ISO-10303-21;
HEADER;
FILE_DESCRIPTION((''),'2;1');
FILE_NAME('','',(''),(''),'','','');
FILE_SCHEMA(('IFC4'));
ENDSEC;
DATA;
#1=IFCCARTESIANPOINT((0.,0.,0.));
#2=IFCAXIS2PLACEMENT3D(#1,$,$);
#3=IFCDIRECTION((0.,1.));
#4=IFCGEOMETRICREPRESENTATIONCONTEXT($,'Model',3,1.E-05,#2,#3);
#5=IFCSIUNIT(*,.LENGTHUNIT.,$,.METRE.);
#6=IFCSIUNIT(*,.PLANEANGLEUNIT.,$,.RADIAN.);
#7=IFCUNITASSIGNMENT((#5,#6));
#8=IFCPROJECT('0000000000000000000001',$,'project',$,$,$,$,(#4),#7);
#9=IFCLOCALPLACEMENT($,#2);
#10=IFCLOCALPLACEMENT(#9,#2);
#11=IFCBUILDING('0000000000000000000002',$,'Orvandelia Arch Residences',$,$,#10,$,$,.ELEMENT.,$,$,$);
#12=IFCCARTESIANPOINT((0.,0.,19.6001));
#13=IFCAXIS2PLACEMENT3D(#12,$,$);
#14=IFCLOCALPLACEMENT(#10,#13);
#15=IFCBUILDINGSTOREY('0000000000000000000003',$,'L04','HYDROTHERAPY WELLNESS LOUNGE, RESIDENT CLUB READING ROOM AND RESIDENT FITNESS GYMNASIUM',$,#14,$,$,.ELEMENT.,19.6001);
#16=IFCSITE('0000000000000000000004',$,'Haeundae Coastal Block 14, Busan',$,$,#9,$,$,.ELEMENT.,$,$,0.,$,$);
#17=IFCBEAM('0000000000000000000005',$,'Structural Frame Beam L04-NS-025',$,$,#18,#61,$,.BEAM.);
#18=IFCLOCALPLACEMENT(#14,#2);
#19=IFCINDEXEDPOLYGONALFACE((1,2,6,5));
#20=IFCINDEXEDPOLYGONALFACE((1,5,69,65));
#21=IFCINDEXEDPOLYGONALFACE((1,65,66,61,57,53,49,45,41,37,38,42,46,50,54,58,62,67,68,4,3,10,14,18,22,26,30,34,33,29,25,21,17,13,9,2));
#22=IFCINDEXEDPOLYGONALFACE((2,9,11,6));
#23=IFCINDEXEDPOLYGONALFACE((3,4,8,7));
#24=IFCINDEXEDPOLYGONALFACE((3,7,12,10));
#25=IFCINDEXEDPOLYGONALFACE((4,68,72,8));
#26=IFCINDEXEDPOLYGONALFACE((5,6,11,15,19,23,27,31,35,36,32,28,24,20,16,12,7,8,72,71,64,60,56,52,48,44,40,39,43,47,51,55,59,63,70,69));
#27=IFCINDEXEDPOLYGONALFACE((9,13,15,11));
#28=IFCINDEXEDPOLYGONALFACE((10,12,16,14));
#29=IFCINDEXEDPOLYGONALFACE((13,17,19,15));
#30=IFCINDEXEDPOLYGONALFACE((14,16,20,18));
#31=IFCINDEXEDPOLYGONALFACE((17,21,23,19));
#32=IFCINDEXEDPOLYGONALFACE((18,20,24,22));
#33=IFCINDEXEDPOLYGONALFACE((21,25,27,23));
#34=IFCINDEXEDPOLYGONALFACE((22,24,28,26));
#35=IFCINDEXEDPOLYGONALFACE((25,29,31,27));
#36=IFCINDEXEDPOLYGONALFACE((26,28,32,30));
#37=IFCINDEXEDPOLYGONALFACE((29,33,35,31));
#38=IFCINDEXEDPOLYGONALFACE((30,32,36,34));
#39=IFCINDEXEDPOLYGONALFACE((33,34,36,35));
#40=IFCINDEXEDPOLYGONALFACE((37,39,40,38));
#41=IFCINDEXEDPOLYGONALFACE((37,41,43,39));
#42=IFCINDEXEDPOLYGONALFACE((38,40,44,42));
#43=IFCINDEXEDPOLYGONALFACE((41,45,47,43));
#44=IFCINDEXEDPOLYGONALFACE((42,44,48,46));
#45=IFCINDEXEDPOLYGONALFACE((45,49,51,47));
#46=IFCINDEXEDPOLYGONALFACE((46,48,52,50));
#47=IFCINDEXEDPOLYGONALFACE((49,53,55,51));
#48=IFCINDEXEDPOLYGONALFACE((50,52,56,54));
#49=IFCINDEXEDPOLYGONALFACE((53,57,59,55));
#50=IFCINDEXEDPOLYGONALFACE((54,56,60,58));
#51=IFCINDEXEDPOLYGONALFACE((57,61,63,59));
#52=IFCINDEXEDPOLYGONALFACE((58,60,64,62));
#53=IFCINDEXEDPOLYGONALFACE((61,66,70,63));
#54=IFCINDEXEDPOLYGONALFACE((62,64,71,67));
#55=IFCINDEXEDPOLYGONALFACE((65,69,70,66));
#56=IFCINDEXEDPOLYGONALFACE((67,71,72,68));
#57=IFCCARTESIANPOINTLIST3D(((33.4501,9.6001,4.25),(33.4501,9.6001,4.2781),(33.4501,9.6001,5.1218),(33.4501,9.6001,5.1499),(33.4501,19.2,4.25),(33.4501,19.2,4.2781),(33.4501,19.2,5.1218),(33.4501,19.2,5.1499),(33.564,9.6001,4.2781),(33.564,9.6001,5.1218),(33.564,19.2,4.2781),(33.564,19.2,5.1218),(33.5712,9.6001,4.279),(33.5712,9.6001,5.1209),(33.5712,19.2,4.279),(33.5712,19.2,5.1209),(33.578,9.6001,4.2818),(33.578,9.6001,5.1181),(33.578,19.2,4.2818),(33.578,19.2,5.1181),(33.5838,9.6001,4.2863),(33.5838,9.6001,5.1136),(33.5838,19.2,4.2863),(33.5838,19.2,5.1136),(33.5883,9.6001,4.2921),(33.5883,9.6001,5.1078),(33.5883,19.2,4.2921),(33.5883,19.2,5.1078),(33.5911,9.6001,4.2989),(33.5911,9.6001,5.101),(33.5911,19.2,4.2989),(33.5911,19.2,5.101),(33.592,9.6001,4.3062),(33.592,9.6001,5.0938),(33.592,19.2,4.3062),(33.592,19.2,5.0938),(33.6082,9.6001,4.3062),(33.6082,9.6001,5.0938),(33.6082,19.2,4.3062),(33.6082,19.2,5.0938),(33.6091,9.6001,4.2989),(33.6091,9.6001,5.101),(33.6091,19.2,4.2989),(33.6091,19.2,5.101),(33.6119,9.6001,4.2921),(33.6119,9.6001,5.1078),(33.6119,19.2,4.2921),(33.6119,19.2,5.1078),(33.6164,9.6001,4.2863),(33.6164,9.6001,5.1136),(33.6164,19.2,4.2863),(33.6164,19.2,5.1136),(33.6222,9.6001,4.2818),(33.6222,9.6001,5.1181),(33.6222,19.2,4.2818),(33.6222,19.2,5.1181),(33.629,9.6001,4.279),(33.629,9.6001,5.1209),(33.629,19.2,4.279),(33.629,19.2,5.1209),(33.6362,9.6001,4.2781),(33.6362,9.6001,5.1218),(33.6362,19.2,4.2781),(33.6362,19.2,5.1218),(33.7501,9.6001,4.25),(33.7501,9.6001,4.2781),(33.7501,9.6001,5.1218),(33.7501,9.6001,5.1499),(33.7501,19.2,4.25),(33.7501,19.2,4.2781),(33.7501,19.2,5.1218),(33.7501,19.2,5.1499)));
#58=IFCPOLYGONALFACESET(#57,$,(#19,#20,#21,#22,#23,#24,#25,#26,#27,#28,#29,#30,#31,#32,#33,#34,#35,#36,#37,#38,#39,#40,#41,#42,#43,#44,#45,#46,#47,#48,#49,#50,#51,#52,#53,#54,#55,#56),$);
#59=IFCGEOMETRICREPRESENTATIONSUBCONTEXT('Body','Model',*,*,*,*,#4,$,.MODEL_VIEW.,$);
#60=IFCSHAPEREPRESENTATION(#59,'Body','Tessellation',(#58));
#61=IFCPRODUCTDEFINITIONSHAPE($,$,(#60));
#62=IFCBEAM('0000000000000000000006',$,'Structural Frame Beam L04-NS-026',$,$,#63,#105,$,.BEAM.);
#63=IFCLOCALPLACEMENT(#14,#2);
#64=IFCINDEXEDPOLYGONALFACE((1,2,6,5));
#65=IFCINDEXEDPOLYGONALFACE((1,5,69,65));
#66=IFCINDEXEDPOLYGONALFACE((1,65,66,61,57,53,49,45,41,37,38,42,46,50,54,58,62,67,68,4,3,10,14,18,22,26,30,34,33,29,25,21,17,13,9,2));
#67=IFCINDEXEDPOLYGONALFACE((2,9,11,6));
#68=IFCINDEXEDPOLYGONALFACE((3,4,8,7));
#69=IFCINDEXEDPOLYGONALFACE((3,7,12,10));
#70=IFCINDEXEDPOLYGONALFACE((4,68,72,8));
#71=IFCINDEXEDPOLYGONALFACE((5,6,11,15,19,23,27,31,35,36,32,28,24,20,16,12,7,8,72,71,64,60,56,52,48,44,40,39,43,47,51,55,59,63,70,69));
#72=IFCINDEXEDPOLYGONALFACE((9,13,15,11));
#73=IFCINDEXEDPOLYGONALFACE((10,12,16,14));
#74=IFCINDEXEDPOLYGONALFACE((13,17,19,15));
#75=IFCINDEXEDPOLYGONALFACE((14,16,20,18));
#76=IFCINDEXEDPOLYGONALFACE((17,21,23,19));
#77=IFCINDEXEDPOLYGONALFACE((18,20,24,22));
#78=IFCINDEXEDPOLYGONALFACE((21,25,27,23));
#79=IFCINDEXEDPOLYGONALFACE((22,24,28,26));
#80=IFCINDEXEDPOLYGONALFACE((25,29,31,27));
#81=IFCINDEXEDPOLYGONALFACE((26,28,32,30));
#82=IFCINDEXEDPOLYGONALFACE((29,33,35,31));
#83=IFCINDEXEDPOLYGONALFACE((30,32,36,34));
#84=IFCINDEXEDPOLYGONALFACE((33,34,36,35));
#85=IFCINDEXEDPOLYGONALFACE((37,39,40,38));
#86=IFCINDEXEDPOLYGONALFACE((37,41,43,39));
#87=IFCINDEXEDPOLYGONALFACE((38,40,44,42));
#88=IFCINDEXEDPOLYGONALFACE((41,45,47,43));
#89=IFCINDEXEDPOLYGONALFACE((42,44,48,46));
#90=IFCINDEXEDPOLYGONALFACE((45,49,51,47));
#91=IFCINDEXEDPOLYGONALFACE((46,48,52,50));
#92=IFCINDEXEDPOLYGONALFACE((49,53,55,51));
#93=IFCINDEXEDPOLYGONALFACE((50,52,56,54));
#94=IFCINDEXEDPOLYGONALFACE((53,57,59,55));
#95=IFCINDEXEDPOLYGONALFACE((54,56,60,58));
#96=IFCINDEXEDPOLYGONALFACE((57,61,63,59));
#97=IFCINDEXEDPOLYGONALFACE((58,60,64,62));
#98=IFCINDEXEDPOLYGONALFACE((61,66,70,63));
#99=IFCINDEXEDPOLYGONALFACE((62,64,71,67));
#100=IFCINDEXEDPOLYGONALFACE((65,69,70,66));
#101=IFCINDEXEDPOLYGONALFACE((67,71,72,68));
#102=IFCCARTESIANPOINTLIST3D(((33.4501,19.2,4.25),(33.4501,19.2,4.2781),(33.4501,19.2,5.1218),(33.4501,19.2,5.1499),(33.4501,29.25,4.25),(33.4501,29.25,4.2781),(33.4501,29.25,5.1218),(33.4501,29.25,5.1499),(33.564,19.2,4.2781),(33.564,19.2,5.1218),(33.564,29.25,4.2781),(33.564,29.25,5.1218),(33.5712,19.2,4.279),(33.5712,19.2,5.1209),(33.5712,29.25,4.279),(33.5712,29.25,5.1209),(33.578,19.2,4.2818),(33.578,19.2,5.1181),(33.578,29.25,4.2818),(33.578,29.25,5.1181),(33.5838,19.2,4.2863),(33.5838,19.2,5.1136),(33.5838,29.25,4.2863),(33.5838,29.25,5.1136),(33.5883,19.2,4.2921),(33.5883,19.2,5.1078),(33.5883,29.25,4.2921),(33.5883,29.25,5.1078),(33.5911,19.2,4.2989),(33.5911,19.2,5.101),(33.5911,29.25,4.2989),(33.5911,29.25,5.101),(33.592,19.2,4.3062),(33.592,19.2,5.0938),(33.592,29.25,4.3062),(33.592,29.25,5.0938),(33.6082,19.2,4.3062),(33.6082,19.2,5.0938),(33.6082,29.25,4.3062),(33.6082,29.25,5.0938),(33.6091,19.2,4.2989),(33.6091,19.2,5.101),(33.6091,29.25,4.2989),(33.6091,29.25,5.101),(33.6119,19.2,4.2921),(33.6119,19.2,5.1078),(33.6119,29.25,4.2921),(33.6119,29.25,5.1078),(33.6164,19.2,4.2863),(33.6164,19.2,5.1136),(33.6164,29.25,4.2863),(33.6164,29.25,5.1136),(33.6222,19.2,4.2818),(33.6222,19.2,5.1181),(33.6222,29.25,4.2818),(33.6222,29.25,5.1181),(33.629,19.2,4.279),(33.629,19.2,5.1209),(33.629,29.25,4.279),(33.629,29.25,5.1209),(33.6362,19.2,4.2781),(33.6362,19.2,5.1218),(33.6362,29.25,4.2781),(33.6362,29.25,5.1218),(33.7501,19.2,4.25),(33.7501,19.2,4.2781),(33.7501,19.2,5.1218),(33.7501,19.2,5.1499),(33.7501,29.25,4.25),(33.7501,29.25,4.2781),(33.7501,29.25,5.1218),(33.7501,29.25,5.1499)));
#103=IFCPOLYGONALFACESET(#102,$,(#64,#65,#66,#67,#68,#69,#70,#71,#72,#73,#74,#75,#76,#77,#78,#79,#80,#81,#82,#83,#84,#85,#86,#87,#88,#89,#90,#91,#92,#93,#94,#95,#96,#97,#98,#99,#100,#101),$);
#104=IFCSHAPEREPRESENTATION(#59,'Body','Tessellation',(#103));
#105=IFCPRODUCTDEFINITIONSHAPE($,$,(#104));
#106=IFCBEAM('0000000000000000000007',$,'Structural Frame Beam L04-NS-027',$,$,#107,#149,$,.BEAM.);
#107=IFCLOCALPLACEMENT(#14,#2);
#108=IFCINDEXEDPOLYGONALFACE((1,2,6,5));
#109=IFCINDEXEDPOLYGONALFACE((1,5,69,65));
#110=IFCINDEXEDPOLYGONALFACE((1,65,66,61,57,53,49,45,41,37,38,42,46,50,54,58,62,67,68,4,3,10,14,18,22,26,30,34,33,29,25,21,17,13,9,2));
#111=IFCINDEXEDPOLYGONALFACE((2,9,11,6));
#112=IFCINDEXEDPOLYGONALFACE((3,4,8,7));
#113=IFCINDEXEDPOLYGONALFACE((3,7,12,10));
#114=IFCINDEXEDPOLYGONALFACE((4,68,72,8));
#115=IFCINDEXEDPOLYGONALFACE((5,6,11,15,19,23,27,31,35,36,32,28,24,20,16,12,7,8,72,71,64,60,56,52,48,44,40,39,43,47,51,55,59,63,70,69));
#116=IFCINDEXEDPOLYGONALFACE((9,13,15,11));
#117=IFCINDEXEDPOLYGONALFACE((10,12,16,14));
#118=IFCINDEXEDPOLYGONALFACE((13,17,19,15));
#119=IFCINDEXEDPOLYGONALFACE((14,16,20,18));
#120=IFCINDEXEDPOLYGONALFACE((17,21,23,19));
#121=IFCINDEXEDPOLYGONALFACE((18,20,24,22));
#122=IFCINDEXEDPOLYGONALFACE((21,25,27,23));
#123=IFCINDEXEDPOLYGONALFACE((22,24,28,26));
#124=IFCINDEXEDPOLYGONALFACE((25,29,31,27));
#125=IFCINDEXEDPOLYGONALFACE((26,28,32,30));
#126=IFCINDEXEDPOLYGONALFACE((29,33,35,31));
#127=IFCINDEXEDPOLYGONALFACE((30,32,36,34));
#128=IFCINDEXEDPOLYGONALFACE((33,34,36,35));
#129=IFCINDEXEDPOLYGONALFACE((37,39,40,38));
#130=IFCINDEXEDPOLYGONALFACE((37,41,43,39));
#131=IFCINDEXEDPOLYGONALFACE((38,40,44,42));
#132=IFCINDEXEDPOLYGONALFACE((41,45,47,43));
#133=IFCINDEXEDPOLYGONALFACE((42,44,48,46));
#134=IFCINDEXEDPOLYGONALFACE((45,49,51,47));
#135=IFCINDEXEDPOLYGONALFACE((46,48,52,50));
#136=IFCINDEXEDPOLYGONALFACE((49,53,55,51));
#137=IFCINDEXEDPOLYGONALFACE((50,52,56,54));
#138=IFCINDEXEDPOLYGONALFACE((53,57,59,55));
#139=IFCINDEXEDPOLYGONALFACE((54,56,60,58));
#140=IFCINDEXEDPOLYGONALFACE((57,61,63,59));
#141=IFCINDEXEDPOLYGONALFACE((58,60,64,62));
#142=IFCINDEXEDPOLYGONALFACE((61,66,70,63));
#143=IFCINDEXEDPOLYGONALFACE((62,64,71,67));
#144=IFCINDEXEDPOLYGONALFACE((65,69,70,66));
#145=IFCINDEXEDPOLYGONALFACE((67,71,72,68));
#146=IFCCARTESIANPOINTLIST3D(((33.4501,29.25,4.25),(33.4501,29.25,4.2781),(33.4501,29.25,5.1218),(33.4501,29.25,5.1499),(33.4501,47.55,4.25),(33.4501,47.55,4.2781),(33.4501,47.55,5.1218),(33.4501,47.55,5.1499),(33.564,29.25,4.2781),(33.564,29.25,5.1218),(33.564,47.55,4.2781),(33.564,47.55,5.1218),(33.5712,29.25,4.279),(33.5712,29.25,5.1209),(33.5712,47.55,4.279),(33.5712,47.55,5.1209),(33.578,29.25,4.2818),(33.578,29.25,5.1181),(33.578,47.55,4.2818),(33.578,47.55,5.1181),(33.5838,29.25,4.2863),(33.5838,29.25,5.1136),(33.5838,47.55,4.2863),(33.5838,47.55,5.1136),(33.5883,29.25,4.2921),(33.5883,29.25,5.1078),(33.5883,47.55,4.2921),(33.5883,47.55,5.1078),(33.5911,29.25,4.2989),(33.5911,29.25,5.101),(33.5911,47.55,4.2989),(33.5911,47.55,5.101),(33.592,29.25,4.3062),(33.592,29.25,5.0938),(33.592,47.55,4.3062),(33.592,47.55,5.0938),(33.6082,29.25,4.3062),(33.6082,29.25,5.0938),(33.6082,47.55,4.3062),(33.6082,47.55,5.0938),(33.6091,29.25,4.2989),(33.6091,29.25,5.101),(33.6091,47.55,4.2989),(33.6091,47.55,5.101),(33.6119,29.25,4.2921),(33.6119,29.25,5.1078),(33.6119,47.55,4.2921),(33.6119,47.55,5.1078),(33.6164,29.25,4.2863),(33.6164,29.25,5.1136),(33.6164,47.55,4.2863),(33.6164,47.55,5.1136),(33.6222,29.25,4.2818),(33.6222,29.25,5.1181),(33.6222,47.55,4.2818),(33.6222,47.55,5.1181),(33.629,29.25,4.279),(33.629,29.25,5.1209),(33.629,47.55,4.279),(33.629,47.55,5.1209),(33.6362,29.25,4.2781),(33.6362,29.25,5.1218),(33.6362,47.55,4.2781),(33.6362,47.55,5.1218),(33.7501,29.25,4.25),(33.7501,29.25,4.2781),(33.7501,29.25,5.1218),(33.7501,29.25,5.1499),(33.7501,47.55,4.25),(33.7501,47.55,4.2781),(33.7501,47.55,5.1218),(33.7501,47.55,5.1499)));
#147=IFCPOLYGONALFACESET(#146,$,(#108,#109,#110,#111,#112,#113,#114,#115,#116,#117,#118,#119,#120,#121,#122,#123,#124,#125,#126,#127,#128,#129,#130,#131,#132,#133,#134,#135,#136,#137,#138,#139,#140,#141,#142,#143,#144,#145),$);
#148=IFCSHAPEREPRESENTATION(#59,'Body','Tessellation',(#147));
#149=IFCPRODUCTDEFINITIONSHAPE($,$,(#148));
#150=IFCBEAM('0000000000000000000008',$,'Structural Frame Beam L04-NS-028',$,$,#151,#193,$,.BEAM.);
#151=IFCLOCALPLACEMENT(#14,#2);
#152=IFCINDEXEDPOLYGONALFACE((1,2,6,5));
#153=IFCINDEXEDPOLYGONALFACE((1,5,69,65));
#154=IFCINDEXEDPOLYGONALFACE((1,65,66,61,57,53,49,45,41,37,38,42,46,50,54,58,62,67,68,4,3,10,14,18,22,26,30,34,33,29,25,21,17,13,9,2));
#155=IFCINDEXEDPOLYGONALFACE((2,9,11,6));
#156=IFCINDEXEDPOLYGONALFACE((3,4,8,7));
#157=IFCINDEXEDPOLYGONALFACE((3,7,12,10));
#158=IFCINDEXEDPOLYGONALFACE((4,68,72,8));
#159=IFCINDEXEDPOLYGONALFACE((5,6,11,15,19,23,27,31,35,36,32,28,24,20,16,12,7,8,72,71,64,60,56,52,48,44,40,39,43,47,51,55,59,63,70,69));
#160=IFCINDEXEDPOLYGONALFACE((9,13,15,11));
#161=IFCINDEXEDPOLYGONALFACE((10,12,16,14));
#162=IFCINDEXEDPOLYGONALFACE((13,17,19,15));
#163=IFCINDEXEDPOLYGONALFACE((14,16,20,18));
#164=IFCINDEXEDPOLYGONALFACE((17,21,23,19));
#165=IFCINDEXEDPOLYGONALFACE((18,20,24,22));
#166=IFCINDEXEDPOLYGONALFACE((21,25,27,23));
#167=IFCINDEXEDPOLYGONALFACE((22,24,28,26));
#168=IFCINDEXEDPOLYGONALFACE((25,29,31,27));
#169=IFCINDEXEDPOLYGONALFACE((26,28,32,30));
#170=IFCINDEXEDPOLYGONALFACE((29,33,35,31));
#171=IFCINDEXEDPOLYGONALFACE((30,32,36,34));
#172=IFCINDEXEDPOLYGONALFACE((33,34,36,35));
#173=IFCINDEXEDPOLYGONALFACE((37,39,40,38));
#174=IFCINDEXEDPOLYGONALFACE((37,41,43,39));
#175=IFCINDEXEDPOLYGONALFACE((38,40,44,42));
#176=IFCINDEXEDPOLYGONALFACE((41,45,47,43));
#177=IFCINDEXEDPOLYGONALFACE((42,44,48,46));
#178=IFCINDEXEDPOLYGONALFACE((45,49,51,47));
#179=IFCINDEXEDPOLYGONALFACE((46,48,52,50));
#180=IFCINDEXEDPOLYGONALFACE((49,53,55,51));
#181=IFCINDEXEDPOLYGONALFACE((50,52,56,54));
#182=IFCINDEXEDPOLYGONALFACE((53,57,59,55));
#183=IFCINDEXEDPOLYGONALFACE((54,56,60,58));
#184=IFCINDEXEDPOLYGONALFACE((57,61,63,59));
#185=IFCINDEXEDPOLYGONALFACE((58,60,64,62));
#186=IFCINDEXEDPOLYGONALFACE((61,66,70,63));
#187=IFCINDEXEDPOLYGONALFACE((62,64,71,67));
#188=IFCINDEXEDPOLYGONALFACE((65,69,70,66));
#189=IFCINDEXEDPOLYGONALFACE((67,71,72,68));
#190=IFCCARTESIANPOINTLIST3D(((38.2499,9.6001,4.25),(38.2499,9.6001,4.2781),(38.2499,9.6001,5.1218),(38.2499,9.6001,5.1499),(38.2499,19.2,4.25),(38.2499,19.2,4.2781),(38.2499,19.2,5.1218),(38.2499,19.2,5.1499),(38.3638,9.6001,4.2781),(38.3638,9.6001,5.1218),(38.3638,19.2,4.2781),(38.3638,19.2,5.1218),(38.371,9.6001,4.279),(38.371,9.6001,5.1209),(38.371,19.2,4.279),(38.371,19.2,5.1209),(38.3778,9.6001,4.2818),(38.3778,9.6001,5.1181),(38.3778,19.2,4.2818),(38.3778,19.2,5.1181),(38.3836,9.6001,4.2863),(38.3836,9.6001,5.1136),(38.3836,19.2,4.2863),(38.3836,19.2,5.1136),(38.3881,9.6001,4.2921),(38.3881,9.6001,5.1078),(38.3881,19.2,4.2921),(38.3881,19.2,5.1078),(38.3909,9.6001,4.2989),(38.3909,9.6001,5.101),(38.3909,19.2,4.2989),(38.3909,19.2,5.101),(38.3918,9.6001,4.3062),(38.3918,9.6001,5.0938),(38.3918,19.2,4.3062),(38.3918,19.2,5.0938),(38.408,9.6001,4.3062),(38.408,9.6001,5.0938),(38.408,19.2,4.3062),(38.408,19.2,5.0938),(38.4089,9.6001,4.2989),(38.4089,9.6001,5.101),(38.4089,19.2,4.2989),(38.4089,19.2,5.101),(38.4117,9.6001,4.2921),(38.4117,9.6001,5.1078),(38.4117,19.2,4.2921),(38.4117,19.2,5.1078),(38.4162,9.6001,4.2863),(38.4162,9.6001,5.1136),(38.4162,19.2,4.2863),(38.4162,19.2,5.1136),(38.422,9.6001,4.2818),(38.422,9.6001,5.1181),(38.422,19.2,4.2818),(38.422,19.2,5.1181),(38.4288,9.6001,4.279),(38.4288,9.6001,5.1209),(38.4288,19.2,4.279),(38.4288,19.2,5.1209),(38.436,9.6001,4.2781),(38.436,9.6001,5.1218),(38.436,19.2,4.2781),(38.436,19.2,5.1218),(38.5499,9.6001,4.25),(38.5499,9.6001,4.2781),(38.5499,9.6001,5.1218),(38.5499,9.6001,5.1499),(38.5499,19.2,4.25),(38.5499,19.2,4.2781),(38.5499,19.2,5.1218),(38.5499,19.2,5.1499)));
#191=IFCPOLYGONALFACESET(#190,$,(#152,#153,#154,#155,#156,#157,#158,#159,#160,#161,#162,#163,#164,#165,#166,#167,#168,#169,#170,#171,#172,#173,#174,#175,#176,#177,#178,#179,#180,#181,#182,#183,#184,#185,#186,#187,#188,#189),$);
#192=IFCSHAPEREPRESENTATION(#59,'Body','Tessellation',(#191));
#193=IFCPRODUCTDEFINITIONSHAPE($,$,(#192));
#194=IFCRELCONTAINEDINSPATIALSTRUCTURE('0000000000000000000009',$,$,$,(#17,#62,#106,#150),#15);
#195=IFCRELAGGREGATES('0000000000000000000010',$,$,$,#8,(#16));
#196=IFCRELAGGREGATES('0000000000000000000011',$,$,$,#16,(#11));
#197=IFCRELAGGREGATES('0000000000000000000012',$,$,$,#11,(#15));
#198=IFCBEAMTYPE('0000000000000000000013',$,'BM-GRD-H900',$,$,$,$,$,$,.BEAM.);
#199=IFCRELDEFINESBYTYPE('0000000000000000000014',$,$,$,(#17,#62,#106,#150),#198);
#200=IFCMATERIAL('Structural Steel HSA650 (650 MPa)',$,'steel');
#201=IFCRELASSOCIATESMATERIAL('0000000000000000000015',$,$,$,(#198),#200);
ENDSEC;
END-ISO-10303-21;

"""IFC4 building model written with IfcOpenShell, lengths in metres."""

from ifc_helpers import new_model, si_unit, direction, frame, origin, origin_2d, place, context, subcontext, project, spatial, i_section, extrude, material, material_profile, profile_set, type_object, element, save


model = new_model("IFC4")

# Units and contexts
model_context = context("Model", 3, precision=1e-05, world=origin(), true_north=direction((0.0, 1.0)))
body_context = subcontext(model_context, "Body", "Model", "MODEL_VIEW")
ifc_project = project(units=[si_unit("LENGTHUNIT", "METRE"), si_unit("PLANEANGLEUNIT", "RADIAN")], contexts=[model_context])

# Site, building, storey
site_placement = place(None, origin())
site = spatial("IfcSite", under=ifc_project, at=site_placement, Name="Haeundae Coastal Block 14, Busan", CompositionType="ELEMENT", RefElevation=0.0)
building_placement = place(site_placement, origin())
building = spatial("IfcBuilding", under=site, at=building_placement, Name="Orvandelia Arch Residences", CompositionType="ELEMENT")
storey_placement = place(building_placement, frame((0.0, 0.0, 19.6001)))
storey = spatial("IfcBuildingStorey", under=building, at=storey_placement, Name="L04", Description="HYDROTHERAPY WELLNESS LOUNGE, RESIDENT CLUB READING ROOM AND RESIDENT FITNESS GYMNASIUM", CompositionType="ELEMENT", Elevation=19.6001)

# Shared definitions
ifc_material_1 = material(Name="Structural Steel HSA650 (650 MPa)", Category="steel")

# Beams
ifc_material_profile_1 = material_profile(ifc_material_1, i_section(OverallWidth=0.3, OverallDepth=0.8999, WebThickness=0.0161, FlangeThickness=0.0281, FilletRadius=0.0281, at=origin_2d()), Name="Structural Steel HSA650 (650 MPa)", Category="steel")
ifc_profile_set_1 = profile_set([ifc_material_profile_1], Name="Structural Steel HSA650 (650 MPa)")
beam_type = type_object("IfcBeamType", Name="BM-GRD-H900", PredefinedType="BEAM", material=ifc_profile_set_1)
beam_1_placement = place(storey_placement, frame((33.6001, 9.6001, 4.7), z_axis=(0.0, 1.0, 0.0), x_axis=(-1.0, 0.0, 0.0)))
element("IfcBeam", 1, at=beam_1_placement, inside=storey, type_object=beam_type, Name="Structural Frame Beam L04-NS-025", PredefinedType="BEAM", context=body_context, shape_type="SweptSolid", body=[
    extrude(i_section(OverallWidth=0.3, OverallDepth=0.8999, WebThickness=0.0161, FlangeThickness=0.0281, FilletRadius=0.0281, at=origin_2d()), origin(), (0.0, 0.0, 1.0), 9.5999),
])
beam_2_placement = place(storey_placement, frame((33.6001, 19.2, 4.7), z_axis=(0.0, 1.0, 0.0), x_axis=(-1.0, 0.0, 0.0)))
element("IfcBeam", 2, at=beam_2_placement, inside=storey, type_object=beam_type, Name="Structural Frame Beam L04-NS-026", PredefinedType="BEAM", context=body_context, shape_type="SweptSolid", body=[
    extrude(i_section(OverallWidth=0.3, OverallDepth=0.8999, WebThickness=0.0161, FlangeThickness=0.0281, FilletRadius=0.0281, at=origin_2d()), origin(), (0.0, 0.0, 1.0), 10.05),
])
beam_3_placement = place(storey_placement, frame((33.6001, 29.25, 4.7), z_axis=(0.0, 1.0, 0.0), x_axis=(-1.0, 0.0, 0.0)))
element("IfcBeam", 3, at=beam_3_placement, inside=storey, type_object=beam_type, Name="Structural Frame Beam L04-NS-027", PredefinedType="BEAM", context=body_context, shape_type="SweptSolid", body=[
    extrude(i_section(OverallWidth=0.3, OverallDepth=0.8999, WebThickness=0.0161, FlangeThickness=0.0281, FilletRadius=0.0281, at=origin_2d()), origin(), (0.0, 0.0, 1.0), 18.3),
])
beam_4_placement = place(storey_placement, frame((38.3999, 9.6001, 4.7), z_axis=(0.0, 1.0, 0.0), x_axis=(-1.0, 0.0, 0.0)))
element("IfcBeam", 4, at=beam_4_placement, inside=storey, type_object=beam_type, Name="Structural Frame Beam L04-NS-028", PredefinedType="BEAM", context=body_context, shape_type="SweptSolid", body=[
    extrude(i_section(OverallWidth=0.3, OverallDepth=0.8999, WebThickness=0.0161, FlangeThickness=0.0281, FilletRadius=0.0281, at=origin_2d()), origin(), (0.0, 0.0, 1.0), 9.5999),
])

save(model, "model.ifc")
